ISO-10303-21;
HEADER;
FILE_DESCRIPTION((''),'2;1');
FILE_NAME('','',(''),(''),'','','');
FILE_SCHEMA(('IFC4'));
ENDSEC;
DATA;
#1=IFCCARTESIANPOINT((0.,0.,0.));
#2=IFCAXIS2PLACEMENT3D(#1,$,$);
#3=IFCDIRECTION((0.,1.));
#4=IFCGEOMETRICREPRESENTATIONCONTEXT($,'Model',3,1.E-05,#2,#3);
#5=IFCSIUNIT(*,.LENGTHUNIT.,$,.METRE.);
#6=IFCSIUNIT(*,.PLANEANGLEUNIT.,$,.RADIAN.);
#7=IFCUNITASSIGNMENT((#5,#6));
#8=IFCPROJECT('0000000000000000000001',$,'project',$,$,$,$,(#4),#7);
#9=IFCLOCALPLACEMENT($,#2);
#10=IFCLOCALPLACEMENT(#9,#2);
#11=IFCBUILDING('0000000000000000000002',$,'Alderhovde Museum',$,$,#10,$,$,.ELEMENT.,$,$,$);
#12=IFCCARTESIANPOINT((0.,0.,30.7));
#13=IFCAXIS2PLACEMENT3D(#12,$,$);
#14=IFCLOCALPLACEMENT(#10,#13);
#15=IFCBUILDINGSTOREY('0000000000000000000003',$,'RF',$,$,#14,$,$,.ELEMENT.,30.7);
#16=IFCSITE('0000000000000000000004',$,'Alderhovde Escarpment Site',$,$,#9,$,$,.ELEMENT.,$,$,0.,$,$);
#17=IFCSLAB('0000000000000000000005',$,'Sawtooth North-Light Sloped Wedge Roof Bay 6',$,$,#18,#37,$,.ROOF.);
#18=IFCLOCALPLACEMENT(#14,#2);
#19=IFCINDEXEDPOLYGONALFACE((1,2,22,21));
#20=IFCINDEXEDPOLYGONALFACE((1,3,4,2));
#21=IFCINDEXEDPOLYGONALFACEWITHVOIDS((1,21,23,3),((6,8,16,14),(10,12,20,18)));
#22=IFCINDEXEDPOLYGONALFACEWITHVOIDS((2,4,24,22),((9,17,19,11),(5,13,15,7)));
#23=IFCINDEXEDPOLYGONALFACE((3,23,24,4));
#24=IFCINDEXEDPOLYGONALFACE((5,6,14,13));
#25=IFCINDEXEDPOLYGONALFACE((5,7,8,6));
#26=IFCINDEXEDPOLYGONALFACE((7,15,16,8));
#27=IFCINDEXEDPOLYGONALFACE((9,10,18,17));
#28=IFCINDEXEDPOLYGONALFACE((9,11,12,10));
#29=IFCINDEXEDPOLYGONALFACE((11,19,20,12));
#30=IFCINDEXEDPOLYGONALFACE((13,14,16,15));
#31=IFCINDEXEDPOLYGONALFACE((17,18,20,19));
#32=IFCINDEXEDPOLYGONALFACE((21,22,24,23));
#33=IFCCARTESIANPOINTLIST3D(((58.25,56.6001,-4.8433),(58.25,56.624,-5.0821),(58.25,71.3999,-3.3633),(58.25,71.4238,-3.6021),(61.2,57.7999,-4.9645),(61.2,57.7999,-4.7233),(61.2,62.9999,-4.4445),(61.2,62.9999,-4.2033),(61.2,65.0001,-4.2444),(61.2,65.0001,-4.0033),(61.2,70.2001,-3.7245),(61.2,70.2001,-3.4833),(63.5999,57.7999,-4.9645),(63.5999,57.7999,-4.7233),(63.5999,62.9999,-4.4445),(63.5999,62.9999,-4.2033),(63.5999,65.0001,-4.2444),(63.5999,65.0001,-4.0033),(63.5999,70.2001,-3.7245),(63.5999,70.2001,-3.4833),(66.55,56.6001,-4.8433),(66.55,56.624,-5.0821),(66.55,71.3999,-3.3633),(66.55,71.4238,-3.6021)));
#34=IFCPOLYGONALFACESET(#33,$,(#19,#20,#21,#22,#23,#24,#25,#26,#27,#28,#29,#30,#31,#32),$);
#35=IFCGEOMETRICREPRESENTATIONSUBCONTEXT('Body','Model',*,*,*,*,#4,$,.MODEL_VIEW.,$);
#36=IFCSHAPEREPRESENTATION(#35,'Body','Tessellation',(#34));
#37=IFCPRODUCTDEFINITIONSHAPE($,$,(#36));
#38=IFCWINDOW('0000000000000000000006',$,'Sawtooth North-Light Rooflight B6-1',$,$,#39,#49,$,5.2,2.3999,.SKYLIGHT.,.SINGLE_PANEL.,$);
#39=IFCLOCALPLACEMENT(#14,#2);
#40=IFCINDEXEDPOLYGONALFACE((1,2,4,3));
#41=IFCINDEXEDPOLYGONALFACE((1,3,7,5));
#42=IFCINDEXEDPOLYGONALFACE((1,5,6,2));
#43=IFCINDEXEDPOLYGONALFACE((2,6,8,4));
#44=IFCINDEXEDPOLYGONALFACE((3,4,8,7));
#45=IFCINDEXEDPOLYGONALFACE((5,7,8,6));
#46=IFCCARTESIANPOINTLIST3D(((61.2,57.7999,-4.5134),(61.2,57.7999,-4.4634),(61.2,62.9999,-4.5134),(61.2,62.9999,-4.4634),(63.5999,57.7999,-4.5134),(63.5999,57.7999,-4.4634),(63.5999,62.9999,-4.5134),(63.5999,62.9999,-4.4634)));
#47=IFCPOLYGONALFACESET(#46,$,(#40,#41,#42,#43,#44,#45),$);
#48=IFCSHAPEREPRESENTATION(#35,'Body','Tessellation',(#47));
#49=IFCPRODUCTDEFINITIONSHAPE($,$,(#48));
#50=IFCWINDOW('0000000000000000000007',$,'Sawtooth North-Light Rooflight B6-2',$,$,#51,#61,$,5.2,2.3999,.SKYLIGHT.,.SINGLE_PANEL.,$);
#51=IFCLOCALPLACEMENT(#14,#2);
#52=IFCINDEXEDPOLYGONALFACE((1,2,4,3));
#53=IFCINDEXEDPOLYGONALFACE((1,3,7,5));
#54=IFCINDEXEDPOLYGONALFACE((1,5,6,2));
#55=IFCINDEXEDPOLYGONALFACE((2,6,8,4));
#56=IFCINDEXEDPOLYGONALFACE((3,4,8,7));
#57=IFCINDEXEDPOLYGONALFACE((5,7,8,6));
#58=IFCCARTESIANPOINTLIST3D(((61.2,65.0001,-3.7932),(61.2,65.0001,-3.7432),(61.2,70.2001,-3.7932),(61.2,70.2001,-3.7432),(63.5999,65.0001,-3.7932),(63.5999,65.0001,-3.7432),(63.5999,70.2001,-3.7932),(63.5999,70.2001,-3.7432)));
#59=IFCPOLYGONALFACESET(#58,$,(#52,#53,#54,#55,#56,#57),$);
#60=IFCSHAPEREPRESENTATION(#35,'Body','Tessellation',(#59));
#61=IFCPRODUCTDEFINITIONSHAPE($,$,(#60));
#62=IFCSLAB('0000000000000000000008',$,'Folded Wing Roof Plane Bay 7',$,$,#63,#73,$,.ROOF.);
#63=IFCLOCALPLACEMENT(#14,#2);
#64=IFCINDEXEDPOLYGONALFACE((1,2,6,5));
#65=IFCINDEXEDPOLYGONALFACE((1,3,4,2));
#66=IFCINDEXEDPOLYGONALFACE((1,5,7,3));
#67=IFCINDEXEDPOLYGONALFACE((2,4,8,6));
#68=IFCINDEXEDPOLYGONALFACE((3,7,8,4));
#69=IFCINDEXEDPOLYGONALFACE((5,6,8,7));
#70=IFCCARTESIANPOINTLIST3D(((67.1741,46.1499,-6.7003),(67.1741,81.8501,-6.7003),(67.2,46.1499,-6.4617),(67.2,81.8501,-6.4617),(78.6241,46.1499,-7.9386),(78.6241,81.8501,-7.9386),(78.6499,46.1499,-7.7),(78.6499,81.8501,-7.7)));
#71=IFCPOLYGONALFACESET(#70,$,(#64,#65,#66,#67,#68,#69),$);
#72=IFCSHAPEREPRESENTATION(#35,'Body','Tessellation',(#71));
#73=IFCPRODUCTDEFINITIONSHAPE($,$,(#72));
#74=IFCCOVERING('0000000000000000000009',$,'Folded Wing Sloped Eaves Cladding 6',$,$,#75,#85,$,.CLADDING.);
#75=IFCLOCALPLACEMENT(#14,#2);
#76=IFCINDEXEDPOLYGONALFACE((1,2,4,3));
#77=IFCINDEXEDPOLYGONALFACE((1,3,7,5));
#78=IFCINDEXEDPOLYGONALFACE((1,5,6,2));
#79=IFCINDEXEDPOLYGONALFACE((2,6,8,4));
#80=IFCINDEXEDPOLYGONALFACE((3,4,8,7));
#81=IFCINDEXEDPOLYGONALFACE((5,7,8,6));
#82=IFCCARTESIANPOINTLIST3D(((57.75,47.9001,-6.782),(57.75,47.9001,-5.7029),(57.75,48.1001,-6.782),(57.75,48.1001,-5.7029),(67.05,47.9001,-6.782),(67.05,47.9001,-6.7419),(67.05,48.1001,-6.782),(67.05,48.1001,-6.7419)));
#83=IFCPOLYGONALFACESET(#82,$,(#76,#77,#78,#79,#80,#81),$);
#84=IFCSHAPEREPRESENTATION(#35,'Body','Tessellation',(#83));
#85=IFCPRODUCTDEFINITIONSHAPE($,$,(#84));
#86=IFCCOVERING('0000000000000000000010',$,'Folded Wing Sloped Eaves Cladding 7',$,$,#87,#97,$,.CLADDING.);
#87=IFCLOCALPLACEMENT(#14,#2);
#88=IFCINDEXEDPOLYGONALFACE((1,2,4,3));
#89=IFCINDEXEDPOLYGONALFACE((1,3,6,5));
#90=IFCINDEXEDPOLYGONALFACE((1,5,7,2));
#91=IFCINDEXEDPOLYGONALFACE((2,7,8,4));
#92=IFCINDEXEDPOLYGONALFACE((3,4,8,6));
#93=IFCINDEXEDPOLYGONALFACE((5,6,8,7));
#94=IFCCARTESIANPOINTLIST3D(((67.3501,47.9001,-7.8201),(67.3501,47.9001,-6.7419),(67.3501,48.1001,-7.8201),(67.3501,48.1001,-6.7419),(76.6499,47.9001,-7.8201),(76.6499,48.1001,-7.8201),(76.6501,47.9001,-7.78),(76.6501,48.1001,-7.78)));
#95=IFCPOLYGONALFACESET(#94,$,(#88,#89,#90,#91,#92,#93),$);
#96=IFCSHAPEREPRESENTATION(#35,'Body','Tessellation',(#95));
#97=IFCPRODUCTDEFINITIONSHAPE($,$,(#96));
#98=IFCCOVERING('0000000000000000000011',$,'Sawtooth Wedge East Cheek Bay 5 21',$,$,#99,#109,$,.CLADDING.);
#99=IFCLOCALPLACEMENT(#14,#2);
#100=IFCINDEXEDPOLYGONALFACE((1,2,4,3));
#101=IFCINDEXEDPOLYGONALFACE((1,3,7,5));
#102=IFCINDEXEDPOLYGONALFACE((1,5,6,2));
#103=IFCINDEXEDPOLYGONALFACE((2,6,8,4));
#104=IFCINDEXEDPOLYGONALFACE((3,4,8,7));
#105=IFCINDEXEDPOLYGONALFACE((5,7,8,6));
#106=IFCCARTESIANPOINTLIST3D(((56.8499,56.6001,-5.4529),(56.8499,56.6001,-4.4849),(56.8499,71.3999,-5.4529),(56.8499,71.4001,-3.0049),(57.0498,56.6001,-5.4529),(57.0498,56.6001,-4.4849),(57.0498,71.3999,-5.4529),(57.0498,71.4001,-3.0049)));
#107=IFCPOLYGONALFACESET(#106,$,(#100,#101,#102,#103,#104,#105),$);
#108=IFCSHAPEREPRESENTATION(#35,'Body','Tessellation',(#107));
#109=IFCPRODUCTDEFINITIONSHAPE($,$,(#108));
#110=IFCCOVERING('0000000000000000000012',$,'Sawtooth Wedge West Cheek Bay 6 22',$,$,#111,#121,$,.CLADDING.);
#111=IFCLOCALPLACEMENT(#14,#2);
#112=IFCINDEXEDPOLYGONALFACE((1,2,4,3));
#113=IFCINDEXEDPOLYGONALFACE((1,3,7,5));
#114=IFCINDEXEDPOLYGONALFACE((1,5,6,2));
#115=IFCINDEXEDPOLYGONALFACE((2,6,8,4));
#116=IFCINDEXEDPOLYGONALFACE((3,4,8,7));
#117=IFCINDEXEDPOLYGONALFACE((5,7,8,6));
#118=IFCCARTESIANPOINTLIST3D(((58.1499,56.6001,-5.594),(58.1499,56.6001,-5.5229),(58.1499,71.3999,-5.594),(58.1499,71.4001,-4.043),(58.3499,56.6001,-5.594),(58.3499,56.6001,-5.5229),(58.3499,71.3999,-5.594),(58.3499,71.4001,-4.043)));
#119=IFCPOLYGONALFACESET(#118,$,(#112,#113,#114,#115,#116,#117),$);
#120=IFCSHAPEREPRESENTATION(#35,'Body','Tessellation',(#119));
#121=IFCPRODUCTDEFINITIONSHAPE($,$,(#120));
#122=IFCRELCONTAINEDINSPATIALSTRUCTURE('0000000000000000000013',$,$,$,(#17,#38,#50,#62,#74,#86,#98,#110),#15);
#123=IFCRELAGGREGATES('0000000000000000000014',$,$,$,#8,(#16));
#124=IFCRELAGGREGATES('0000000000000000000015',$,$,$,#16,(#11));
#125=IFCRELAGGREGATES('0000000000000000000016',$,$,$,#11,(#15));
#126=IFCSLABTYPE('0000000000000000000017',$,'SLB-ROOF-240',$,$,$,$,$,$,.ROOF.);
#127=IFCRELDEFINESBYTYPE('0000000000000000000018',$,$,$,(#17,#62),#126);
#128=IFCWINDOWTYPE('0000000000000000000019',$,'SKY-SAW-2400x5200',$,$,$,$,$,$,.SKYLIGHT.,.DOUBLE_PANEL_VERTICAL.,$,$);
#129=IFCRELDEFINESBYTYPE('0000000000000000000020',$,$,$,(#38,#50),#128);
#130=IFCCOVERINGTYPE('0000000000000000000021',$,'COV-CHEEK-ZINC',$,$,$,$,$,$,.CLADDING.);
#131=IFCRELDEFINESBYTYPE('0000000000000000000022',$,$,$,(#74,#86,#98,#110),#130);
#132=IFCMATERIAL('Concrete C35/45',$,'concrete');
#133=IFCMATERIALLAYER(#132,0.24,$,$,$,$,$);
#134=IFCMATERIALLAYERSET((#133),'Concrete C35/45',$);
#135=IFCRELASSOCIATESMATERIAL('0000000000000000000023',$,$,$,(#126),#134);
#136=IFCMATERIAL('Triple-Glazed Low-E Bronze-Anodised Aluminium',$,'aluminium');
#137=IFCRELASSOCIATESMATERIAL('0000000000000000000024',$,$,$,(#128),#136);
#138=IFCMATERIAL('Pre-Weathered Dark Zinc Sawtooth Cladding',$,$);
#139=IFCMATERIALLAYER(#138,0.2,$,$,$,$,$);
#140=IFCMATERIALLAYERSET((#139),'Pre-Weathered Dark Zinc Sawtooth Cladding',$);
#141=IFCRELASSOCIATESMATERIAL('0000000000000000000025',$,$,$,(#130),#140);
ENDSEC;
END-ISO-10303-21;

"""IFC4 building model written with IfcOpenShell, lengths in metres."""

from ifc_helpers import new_model, si_unit, direction, frame, origin, origin_2d, place, context, subcontext, project, spatial, polyline, rectangle, outline, extrude, material, layer, layer_set, type_object, element, fill, save


model = new_model("IFC4")

# Units and contexts
model_context = context("Model", 3, precision=1e-05, world=origin(), true_north=direction((0.0, 1.0)))
body_context = subcontext(model_context, "Body", "Model", "MODEL_VIEW")
ifc_project = project(units=[si_unit("LENGTHUNIT", "METRE"), si_unit("PLANEANGLEUNIT", "RADIAN")], contexts=[model_context])

# Site, building, storey
site_placement = place(None, origin())
site = spatial("IfcSite", under=ifc_project, at=site_placement, Name="Alderhovde Escarpment Site", CompositionType="ELEMENT", RefElevation=0.0)
building_placement = place(site_placement, origin())
building = spatial("IfcBuilding", under=site, at=building_placement, Name="Alderhovde Museum", CompositionType="ELEMENT")
storey_placement = place(building_placement, frame((0.0, 0.0, 30.7)))
storey = spatial("IfcBuildingStorey", under=building, at=storey_placement, Name="RF", CompositionType="ELEMENT", Elevation=30.7)

# Shared definitions
ifc_material_1 = material(Name="Concrete C35/45", Category="concrete")
ifc_layer_1 = layer(ifc_material_1, 0.24)
ifc_layer_set_1 = layer_set([ifc_layer_1], Name="Concrete C35/45")
slab_type = type_object("IfcSlabType", Name="SLB-ROOF-240", PredefinedType="ROOF", material=ifc_layer_set_1)

# Slab, openings, windows
slab_1_placement = place(storey_placement, frame((58.25, 56.6001, -4.8433), z_axis=(0.0, -0.099504, 0.995037), x_axis=(1.0, 0.0, 0.0)))
slab_1 = element("IfcSlab", 1, at=slab_1_placement, inside=storey, type_object=slab_type, Name="Sawtooth North-Light Sloped Wedge Roof Bay 6", PredefinedType="ROOF", context=body_context, shape_type="SweptSolid", body=[
    extrude(outline(polyline([(0.0, 0.0), (8.3, 0.0), (8.3, 14.8736), (0.0, 14.8736), (0.0, 0.0)])), origin(), (0.0, 0.0, -1.0), 0.24),
])
opening_1_placement = place(storey_placement, frame((62.3999, 60.3999, -6.2034)))
opening_1 = element("IfcOpeningElement", 2, at=opening_1_placement, cuts=slab_1, PredefinedType="OPENING", context=body_context, shape_type="SweptSolid", body=[
    extrude(rectangle(XDim=2.3999, YDim=5.2, at=origin_2d()), origin(), (0.0, 0.0, 1.0), 3.24),
])
opening_2_placement = place(storey_placement, frame((62.3999, 67.6001, -5.4832)))
opening_2 = element("IfcOpeningElement", 3, at=opening_2_placement, cuts=slab_1, PredefinedType="OPENING", context=body_context, shape_type="SweptSolid", body=[
    extrude(rectangle(XDim=2.3999, YDim=5.2, at=origin_2d()), origin(), (0.0, 0.0, 1.0), 3.24),
])
ifc_material_2 = material(Name="Triple-Glazed Low-E Bronze-Anodised Aluminium", Category="aluminium")
window_type = type_object("IfcWindowType", Name="SKY-SAW-2400x5200", PartitioningType="DOUBLE_PANEL_VERTICAL", PredefinedType="SKYLIGHT", material=ifc_material_2)
window_1_placement = place(opening_1_placement, frame((0.0, 0.0, 1.6899)))
window_1 = element("IfcWindow", 4, at=window_1_placement, inside=storey, type_object=window_type, Name="Sawtooth North-Light Rooflight B6-1", OverallHeight=5.2, OverallWidth=2.3999, PartitioningType="SINGLE_PANEL", PredefinedType="SKYLIGHT", context=body_context, shape_type="SweptSolid", body=[
    extrude(rectangle(XDim=2.3999, YDim=5.2, at=origin_2d()), origin(), (0.0, 0.0, 1.0), 0.05),
])
fill(opening_1, window_1)
window_2_placement = place(opening_2_placement, frame((0.0, 0.0, 1.6899)))
window_2 = element("IfcWindow", 5, at=window_2_placement, inside=storey, type_object=window_type, Name="Sawtooth North-Light Rooflight B6-2", OverallHeight=5.2, OverallWidth=2.3999, PartitioningType="SINGLE_PANEL", PredefinedType="SKYLIGHT", context=body_context, shape_type="SweptSolid", body=[
    extrude(rectangle(XDim=2.3999, YDim=5.2, at=origin_2d()), origin(), (0.0, 0.0, 1.0), 0.05),
])
fill(opening_2, window_2)

# Slab
slab_2_placement = place(storey_placement, frame((67.2, 46.1499, -6.4617), z_axis=(0.10752, 0.0, 0.994203), x_axis=(0.994203, 0.0, -0.10752)))
element("IfcSlab", 6, at=slab_2_placement, inside=storey, type_object=slab_type, Name="Folded Wing Roof Plane Bay 7", PredefinedType="ROOF", context=body_context, shape_type="SweptSolid", body=[
    extrude(outline(polyline([(0.0, 0.0), (11.5167, 0.0), (11.5167, 35.7002), (0.0, 35.7002), (0.0, 0.0)])), origin(), (0.0, 0.0, -1.0), 0.24),
])

# Coverings
ifc_material_3 = material(Name="Pre-Weathered Dark Zinc Sawtooth Cladding")
ifc_layer_2 = layer(ifc_material_3, 0.2)
ifc_layer_set_2 = layer_set([ifc_layer_2], Name="Pre-Weathered Dark Zinc Sawtooth Cladding")
covering_type = type_object("IfcCoveringType", Name="COV-CHEEK-ZINC", PredefinedType="CLADDING", material=ifc_layer_set_2)
covering_1_placement = place(storey_placement, frame((57.75, 48.0, -6.782), z_axis=(0.0, 0.0, 1.0), x_axis=(1.0, 0.0, 0.0)))
element("IfcCovering", 7, at=covering_1_placement, inside=storey, type_object=covering_type, Name="Folded Wing Sloped Eaves Cladding 6", PredefinedType="CLADDING", context=body_context, shape_type="SweptSolid", body=[
    extrude(outline(polyline([(0.0, 0.0), (9.3, 0.0), (9.3, 0.04), (0.0, 1.0791), (0.0, 0.0)])), frame((0.0, 0.1001, 0.0), z_axis=(0.0, -1.0, 0.0), x_axis=(1.0, 0.0, 0.0)), (0.0, 0.0, 1.0), 0.2),
])
covering_2_placement = place(storey_placement, frame((67.3501, 48.0, -7.8201), z_axis=(0.0, 0.0, 1.0), x_axis=(1.0, 0.0, 0.0)))
element("IfcCovering", 8, at=covering_2_placement, inside=storey, type_object=covering_type, Name="Folded Wing Sloped Eaves Cladding 7", PredefinedType="CLADDING", context=body_context, shape_type="SweptSolid", body=[
    extrude(outline(polyline([(0.0, 0.0), (9.2998, 0.0), (9.3, 0.04), (0.0, 1.0781), (0.0, 0.0)])), frame((0.0, 0.1001, 0.0), z_axis=(0.0, -1.0, 0.0), x_axis=(1.0, 0.0, 0.0)), (0.0, 0.0, 1.0), 0.2),
])
covering_3_placement = place(storey_placement, frame((56.95, 56.6001, -5.4529), z_axis=(0.0, 0.0, 1.0), x_axis=(0.0, 1.0, 0.0)))
element("IfcCovering", 9, at=covering_3_placement, inside=storey, type_object=covering_type, Name="Sawtooth Wedge East Cheek Bay 5 21", PredefinedType="CLADDING", context=body_context, shape_type="SweptSolid", body=[
    extrude(outline(polyline([(0.0, 0.0), (14.7998, 0.0), (14.8, 2.448), (0.0, 0.968), (0.0, 0.0)])), frame((0.0, 0.1001, 0.0), z_axis=(0.0, -1.0, 0.0), x_axis=(1.0, 0.0, 0.0)), (0.0, 0.0, 1.0), 0.2),
])
covering_4_placement = place(storey_placement, frame((58.25, 56.6001, -5.594), z_axis=(0.0, 0.0, 1.0), x_axis=(0.0, 1.0, 0.0)))
element("IfcCovering", 10, at=covering_4_placement, inside=storey, type_object=covering_type, Name="Sawtooth Wedge West Cheek Bay 6 22", PredefinedType="CLADDING", context=body_context, shape_type="SweptSolid", body=[
    extrude(outline(polyline([(0.0, 0.0), (14.7998, 0.0), (14.8, 1.551), (0.0, 0.071), (0.0, 0.0)])), frame((0.0, 0.1001, 0.0), z_axis=(0.0, -1.0, 0.0), x_axis=(1.0, 0.0, 0.0)), (0.0, 0.0, 1.0), 0.2),
])

save(model, "model.ifc")
